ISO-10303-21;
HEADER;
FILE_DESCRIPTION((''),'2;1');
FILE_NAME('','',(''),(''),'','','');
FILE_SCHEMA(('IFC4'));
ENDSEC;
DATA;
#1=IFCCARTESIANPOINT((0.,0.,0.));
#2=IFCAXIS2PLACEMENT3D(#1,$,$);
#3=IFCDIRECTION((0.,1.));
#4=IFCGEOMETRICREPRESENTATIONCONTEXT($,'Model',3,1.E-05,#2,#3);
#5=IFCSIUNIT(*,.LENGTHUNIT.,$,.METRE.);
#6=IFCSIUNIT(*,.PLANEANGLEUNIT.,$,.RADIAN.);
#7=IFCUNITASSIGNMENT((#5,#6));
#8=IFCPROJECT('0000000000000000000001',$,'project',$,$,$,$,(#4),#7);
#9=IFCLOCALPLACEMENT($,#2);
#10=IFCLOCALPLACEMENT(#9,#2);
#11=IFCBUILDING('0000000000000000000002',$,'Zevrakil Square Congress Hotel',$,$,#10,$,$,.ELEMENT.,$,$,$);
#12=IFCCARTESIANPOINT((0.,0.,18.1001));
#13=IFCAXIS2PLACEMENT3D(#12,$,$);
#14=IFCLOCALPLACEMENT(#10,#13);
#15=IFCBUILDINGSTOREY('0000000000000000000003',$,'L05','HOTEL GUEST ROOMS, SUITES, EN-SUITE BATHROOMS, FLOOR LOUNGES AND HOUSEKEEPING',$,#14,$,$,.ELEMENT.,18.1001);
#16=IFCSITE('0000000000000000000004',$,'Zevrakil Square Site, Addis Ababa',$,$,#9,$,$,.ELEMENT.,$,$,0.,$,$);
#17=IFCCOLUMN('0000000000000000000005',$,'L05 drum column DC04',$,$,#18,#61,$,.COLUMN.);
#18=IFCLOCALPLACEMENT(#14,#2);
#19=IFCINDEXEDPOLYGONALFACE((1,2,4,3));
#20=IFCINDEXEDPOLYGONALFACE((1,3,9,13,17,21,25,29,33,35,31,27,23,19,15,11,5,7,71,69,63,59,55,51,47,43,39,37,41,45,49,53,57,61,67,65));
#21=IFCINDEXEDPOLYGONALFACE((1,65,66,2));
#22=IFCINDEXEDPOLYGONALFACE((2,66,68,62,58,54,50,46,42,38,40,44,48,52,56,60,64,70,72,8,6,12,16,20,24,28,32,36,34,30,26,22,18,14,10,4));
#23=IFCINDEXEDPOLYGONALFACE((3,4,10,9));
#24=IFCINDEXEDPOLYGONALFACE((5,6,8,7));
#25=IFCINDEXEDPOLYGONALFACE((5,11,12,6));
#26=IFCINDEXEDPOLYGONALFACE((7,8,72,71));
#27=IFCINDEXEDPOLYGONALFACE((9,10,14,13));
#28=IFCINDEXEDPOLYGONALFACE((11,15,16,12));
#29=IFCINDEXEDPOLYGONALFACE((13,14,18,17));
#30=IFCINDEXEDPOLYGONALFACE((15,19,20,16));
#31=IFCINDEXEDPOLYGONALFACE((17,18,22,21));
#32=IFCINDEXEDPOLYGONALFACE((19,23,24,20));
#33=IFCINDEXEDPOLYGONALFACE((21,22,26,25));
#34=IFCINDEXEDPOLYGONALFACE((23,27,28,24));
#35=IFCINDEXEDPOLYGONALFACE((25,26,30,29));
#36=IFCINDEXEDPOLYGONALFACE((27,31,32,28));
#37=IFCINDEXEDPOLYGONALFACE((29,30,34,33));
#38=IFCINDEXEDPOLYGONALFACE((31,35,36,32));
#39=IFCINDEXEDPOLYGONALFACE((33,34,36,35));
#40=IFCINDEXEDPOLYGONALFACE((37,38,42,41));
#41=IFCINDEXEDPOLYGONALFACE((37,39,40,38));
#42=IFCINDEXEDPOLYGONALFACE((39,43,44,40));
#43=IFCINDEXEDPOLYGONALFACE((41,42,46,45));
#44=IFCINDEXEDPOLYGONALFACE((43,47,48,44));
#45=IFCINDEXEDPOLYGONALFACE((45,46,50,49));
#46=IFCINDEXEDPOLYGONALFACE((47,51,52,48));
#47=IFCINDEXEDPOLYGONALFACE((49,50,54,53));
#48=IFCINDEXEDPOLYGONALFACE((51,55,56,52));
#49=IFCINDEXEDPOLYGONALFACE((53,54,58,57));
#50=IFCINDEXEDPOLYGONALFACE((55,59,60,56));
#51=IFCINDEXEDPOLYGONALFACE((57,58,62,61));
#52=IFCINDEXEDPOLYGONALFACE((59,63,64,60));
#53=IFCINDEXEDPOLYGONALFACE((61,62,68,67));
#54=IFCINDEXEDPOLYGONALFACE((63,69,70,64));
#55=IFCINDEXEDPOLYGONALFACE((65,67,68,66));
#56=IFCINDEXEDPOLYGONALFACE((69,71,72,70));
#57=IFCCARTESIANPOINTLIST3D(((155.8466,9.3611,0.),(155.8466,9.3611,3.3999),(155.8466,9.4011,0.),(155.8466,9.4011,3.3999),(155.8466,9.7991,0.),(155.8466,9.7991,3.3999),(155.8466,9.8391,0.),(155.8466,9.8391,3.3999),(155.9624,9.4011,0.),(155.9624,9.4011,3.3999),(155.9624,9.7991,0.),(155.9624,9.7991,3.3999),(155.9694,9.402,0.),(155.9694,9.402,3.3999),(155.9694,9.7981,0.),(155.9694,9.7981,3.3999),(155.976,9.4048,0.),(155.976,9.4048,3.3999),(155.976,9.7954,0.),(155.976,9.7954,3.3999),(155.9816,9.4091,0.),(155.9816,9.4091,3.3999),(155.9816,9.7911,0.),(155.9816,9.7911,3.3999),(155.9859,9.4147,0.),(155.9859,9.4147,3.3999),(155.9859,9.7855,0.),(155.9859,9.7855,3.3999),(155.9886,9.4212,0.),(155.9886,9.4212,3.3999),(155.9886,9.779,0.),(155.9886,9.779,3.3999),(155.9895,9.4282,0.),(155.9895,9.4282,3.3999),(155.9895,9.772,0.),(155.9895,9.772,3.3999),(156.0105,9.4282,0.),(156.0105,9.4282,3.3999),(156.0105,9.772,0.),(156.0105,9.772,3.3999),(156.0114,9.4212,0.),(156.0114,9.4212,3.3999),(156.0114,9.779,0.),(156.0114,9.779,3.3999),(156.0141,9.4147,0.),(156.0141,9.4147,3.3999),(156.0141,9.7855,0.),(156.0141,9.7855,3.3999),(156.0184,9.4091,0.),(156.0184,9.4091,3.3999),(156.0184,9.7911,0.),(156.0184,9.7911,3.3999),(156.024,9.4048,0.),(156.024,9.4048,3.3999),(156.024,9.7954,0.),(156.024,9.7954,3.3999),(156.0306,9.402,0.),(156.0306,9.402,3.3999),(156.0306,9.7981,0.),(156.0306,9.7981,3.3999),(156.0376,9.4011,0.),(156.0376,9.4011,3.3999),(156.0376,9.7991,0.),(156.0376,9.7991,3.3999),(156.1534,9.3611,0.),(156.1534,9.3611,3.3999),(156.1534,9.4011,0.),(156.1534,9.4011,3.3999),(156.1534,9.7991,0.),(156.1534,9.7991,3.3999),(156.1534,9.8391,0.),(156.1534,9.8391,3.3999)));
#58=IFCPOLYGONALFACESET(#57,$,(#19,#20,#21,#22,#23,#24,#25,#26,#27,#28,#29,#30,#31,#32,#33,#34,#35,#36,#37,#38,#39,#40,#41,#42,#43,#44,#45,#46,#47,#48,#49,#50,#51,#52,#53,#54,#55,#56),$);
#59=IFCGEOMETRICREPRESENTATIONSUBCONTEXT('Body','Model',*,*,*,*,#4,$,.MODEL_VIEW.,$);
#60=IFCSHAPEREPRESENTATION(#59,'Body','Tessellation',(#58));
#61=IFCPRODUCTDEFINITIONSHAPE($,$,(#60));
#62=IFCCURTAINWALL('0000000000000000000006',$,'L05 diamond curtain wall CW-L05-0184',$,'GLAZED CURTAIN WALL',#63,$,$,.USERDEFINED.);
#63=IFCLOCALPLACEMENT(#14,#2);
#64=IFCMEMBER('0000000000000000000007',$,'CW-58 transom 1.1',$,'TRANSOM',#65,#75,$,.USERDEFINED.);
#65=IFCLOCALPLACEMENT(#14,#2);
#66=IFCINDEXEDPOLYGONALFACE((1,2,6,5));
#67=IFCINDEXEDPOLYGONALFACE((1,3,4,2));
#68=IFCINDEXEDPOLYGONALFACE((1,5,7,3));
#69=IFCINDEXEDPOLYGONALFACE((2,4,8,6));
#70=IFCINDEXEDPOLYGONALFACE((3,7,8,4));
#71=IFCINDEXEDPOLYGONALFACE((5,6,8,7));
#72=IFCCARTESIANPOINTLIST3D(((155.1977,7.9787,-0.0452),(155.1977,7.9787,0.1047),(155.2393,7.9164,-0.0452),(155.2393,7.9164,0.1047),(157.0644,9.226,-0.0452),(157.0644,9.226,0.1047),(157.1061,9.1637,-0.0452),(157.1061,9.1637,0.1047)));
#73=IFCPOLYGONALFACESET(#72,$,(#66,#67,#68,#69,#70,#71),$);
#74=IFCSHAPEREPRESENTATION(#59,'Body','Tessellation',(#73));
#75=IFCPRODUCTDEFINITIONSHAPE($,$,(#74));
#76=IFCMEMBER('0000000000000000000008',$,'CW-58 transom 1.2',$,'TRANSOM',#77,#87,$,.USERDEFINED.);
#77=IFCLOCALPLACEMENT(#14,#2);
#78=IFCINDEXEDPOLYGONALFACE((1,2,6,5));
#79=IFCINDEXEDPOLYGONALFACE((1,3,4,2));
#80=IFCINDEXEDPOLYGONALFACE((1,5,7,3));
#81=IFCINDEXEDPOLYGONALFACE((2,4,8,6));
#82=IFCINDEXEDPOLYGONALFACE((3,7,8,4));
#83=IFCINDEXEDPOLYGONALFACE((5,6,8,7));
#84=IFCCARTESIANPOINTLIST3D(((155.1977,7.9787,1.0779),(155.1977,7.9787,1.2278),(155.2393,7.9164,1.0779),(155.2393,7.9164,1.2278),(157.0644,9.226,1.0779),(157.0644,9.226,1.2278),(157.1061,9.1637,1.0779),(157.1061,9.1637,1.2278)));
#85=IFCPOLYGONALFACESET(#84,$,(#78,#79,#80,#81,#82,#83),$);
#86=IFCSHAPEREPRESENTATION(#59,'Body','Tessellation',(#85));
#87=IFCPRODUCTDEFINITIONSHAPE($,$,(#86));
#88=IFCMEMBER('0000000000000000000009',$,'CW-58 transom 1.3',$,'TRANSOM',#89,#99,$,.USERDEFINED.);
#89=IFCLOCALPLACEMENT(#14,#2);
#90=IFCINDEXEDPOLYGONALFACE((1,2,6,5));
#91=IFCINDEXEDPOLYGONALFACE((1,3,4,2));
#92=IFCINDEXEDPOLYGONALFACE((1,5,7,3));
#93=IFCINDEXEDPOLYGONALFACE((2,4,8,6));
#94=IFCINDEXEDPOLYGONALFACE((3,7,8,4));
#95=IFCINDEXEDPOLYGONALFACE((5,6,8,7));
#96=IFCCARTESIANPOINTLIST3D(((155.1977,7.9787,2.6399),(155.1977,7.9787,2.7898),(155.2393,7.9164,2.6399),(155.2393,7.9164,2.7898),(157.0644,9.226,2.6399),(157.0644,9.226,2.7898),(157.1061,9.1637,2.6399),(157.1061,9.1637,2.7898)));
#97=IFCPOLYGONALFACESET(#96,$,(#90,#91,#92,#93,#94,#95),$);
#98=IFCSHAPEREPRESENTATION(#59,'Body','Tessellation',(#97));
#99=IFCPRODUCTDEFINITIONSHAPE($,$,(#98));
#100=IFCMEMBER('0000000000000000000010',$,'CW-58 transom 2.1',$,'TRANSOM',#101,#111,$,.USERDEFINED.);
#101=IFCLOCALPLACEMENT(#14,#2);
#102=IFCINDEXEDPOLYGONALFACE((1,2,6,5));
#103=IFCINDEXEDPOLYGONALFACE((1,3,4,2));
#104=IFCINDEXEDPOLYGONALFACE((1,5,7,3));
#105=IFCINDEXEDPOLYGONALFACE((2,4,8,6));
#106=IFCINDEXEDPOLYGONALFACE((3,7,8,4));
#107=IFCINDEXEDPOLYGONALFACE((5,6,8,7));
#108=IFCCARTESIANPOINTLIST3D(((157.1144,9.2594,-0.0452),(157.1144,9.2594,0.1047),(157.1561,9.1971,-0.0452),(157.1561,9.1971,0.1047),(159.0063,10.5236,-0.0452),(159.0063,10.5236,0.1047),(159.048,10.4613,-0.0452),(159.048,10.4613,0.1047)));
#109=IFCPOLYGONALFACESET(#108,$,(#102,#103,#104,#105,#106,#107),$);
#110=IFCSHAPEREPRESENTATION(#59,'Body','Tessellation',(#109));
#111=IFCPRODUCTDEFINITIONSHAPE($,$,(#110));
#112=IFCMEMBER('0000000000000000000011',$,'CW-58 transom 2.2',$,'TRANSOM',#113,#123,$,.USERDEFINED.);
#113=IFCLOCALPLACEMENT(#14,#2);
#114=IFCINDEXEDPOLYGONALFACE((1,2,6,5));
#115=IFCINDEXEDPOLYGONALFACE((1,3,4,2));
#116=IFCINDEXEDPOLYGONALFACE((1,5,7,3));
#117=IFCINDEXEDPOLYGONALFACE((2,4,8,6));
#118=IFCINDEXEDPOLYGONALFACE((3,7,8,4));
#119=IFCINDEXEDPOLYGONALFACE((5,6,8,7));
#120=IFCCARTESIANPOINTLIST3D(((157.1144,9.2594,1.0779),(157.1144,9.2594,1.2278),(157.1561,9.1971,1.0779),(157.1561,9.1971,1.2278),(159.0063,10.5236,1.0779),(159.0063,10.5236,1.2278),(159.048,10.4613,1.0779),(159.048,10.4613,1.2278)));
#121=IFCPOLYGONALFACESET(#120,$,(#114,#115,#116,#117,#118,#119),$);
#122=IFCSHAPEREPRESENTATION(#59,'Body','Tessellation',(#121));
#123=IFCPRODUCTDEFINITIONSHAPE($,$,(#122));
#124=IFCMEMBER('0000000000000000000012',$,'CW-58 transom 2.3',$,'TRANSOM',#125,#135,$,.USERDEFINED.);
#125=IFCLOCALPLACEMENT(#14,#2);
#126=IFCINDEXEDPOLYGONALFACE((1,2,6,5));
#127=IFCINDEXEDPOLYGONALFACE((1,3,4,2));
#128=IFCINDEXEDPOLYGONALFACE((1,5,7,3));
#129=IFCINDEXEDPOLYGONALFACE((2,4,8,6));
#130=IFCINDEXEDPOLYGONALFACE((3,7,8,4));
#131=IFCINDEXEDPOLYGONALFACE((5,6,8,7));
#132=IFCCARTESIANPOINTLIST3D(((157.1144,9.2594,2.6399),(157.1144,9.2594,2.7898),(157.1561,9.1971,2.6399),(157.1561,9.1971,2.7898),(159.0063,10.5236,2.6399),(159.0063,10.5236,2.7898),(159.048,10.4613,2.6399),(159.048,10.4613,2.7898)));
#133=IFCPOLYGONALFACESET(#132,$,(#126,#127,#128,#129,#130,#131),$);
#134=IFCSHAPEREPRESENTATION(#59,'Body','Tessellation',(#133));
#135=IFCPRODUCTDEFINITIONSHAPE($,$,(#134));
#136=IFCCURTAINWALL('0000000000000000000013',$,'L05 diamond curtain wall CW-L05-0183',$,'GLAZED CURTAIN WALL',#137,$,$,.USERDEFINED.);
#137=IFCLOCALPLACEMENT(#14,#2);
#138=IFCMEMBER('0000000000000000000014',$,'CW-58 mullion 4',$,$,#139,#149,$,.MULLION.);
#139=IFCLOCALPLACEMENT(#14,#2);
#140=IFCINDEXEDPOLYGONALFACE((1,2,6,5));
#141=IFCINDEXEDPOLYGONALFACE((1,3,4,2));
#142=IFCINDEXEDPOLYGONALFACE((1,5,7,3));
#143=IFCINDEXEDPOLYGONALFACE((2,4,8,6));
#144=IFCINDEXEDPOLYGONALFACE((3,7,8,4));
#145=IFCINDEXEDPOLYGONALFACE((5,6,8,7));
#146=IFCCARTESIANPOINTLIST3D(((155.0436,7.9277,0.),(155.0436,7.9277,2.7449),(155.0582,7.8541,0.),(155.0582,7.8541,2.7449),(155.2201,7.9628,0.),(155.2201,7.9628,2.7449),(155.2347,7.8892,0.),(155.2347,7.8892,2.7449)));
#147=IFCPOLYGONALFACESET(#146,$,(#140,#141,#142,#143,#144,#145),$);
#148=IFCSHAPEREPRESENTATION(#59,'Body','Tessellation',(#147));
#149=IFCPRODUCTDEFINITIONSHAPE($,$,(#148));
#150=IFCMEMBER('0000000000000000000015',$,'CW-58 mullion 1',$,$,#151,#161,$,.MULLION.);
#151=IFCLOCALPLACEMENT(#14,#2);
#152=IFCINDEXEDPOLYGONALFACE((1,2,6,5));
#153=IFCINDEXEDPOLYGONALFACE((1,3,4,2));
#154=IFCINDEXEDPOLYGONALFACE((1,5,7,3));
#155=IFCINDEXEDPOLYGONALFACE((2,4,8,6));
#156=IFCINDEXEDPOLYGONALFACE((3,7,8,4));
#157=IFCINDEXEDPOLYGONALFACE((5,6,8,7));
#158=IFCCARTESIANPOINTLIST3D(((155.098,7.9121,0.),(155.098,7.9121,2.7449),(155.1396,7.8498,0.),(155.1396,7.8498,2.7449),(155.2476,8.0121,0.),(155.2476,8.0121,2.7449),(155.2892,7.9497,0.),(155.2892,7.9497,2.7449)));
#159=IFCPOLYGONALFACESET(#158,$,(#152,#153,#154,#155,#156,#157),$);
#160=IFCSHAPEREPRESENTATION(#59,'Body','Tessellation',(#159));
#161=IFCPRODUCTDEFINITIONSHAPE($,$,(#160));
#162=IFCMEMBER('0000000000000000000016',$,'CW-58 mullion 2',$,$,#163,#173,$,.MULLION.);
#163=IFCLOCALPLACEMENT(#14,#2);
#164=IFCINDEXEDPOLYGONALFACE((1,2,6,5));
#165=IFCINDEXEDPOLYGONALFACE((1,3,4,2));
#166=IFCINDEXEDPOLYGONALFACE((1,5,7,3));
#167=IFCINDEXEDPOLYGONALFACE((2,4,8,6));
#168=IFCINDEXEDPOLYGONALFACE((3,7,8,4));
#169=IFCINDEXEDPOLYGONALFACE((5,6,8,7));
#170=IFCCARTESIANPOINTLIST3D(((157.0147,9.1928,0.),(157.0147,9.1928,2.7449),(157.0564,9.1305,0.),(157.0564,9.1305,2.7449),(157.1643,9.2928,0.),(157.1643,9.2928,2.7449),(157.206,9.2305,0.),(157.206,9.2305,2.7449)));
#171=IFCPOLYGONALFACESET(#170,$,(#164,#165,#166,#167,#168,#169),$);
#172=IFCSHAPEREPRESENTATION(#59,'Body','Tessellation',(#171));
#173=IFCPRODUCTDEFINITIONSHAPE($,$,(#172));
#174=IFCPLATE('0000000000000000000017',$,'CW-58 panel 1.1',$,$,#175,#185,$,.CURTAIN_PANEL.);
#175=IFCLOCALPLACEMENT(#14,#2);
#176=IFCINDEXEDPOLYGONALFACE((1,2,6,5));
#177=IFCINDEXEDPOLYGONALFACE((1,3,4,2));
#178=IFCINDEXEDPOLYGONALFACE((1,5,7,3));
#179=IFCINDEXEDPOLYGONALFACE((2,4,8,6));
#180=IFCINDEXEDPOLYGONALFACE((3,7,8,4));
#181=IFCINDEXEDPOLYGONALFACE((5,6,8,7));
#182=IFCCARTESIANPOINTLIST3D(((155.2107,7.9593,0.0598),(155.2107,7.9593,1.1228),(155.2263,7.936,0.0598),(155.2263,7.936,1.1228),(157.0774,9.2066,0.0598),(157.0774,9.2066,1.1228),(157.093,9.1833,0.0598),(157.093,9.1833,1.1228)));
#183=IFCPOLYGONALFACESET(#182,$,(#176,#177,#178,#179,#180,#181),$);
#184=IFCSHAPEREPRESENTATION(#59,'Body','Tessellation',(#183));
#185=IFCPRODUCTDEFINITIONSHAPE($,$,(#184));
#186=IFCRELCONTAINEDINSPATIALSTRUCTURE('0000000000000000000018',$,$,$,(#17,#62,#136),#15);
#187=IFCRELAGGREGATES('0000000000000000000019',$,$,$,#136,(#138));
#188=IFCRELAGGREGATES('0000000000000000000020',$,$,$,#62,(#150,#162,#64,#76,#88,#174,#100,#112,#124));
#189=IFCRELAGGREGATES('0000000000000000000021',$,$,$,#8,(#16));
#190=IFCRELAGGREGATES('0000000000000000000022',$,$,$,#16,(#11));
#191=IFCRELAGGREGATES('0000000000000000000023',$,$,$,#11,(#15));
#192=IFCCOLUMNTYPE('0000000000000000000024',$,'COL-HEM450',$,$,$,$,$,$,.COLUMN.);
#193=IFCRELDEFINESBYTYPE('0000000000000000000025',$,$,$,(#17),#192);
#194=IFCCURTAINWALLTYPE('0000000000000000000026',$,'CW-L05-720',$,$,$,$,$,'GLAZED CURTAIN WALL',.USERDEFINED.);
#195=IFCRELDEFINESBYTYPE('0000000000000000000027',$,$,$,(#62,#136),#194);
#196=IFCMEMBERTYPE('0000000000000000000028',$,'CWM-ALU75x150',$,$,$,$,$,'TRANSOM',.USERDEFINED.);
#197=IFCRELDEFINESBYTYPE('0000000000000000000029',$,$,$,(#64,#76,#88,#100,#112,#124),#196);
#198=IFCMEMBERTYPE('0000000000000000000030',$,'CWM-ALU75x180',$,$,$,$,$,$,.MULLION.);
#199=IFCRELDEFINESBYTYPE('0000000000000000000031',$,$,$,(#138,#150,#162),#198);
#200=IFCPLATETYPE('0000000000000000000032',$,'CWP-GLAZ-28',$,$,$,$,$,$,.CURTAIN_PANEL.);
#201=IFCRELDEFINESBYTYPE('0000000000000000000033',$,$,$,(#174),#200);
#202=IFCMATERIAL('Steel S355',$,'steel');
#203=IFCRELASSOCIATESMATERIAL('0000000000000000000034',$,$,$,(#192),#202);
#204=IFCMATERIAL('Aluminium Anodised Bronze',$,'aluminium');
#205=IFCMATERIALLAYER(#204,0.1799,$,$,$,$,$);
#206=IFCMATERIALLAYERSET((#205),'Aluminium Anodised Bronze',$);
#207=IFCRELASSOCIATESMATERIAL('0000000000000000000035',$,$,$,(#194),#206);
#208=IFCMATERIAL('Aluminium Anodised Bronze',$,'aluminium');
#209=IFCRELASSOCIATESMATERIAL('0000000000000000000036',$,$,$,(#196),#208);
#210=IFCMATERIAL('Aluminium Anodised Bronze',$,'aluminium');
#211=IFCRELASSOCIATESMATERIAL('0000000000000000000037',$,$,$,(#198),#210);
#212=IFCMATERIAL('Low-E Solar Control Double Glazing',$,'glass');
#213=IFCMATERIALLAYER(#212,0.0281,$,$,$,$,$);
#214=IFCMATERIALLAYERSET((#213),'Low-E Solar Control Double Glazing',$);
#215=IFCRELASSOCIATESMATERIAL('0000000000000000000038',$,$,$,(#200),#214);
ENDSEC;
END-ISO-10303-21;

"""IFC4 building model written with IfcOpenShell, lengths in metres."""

from ifc_helpers import new_model, si_unit, direction, frame, origin, origin_2d, place, context, subcontext, project, spatial, rectangle, i_section, extrude, material, layer, layer_set, material_profile, profile_set, type_object, element, aggregate, save


model = new_model("IFC4")

# Units and contexts
model_context = context("Model", 3, precision=1e-05, world=origin(), true_north=direction((0.0, 1.0)))
body_context = subcontext(model_context, "Body", "Model", "MODEL_VIEW")
ifc_project = project(units=[si_unit("LENGTHUNIT", "METRE"), si_unit("PLANEANGLEUNIT", "RADIAN")], contexts=[model_context])

# Site, building, storey
site_placement = place(None, origin())
site = spatial("IfcSite", under=ifc_project, at=site_placement, Name="Zevrakil Square Site, Addis Ababa", CompositionType="ELEMENT", RefElevation=0.0)
building_placement = place(site_placement, origin())
building = spatial("IfcBuilding", under=site, at=building_placement, Name="Zevrakil Square Congress Hotel", CompositionType="ELEMENT")
storey_placement = place(building_placement, frame((0.0, 0.0, 18.1001)))
storey = spatial("IfcBuildingStorey", under=building, at=storey_placement, Name="L05", Description="HOTEL GUEST ROOMS, SUITES, EN-SUITE BATHROOMS, FLOOR LOUNGES AND HOUSEKEEPING", CompositionType="ELEMENT", Elevation=18.1001)

# Column
ifc_material_1 = material(Name="Steel S355", Category="steel")
ifc_material_profile_1 = material_profile(ifc_material_1, i_section(OverallWidth=0.3069, OverallDepth=0.478, WebThickness=0.021, FlangeThickness=0.04, FilletRadius=0.0271, at=origin_2d()), Name="HEM 450")
ifc_profile_set_1 = profile_set([ifc_material_profile_1], Name="Steel S355")
column_type = type_object("IfcColumnType", Name="COL-HEM450", PredefinedType="COLUMN", material=ifc_profile_set_1)
column_placement = place(storey_placement, frame((156.0, 9.6001, 0.0), z_axis=(0.0, 0.0, 1.0), x_axis=(1.0, 0.0, 0.0)))
element("IfcColumn", 1, at=column_placement, inside=storey, type_object=column_type, Name="L05 drum column DC04", PredefinedType="COLUMN", context=body_context, shape_type="SweptSolid", body=[
    extrude(i_section(OverallWidth=0.3069, OverallDepth=0.478, WebThickness=0.021, FlangeThickness=0.04, FilletRadius=0.0271, at=origin_2d()), origin(), (0.0, 0.0, 1.0), 3.3999),
])

# Curtain wall, members
ifc_material_2 = material(Name="Aluminium Anodised Bronze", Category="aluminium")
ifc_layer_1 = layer(ifc_material_2, 0.1799)
ifc_layer_set_1 = layer_set([ifc_layer_1], Name="Aluminium Anodised Bronze")
curtain_wall_type = type_object("IfcCurtainWallType", Name="CW-L05-720", ElementType="GLAZED CURTAIN WALL", PredefinedType="USERDEFINED", material=ifc_layer_set_1)
curtain_wall_1_placement = place(storey_placement, origin())
curtain_wall_1 = element("IfcCurtainWall", 2, at=curtain_wall_1_placement, inside=storey, type_object=curtain_wall_type, Name="L05 diamond curtain wall CW-L05-0184", ObjectType="GLAZED CURTAIN WALL", PredefinedType="USERDEFINED")
ifc_material_3 = material(Name="Aluminium Anodised Bronze", Category="aluminium")
ifc_material_profile_2 = material_profile(ifc_material_3, rectangle(XDim=0.075, YDim=0.1499, at=origin_2d()), Name="ALU 75x150")
ifc_profile_set_2 = profile_set([ifc_material_profile_2], Name="Aluminium Anodised Bronze")
member_type_1 = type_object("IfcMemberType", Name="CWM-ALU75x150", ElementType="TRANSOM", PredefinedType="USERDEFINED", material=ifc_profile_set_2)
member_1_placement = place(storey_placement, frame((155.2185, 7.9475, 0.0298), z_axis=(0.831464, 0.555578, 0.0), x_axis=(-0.555578, 0.831464, 0.0)))
member_1 = element("IfcMember", 3, at=member_1_placement, type_object=member_type_1, Name="CW-58 transom 1.1", ObjectType="TRANSOM", PredefinedType="USERDEFINED", context=body_context, shape_type="SweptSolid", body=[
    extrude(rectangle(XDim=0.075, YDim=0.1499, at=origin_2d()), origin(), (0.0, 0.0, 1.0), 2.2451),
])
member_2_placement = place(storey_placement, frame((155.2185, 7.9475, 1.1528), z_axis=(0.831464, 0.555578, 0.0), x_axis=(-0.555578, 0.831464, 0.0)))
member_2 = element("IfcMember", 4, at=member_2_placement, type_object=member_type_1, Name="CW-58 transom 1.2", ObjectType="TRANSOM", PredefinedType="USERDEFINED", context=body_context, shape_type="SweptSolid", body=[
    extrude(rectangle(XDim=0.075, YDim=0.1499, at=origin_2d()), origin(), (0.0, 0.0, 1.0), 2.2451),
])
member_3_placement = place(storey_placement, frame((155.2185, 7.9475, 2.7148), z_axis=(0.831464, 0.555578, 0.0), x_axis=(-0.555578, 0.831464, 0.0)))
member_3 = element("IfcMember", 5, at=member_3_placement, type_object=member_type_1, Name="CW-58 transom 1.3", ObjectType="TRANSOM", PredefinedType="USERDEFINED", context=body_context, shape_type="SweptSolid", body=[
    extrude(rectangle(XDim=0.075, YDim=0.1499, at=origin_2d()), origin(), (0.0, 0.0, 1.0), 2.2451),
])
member_4_placement = place(storey_placement, frame((157.1353, 9.2283, 0.0298), z_axis=(0.831456, 0.555591, 0.0), x_axis=(-0.555591, 0.831456, 0.0)))
member_4 = element("IfcMember", 6, at=member_4_placement, type_object=member_type_1, Name="CW-58 transom 2.1", ObjectType="TRANSOM", PredefinedType="USERDEFINED", context=body_context, shape_type="SweptSolid", body=[
    extrude(rectangle(XDim=0.075, YDim=0.1499, at=origin_2d()), origin(), (0.0, 0.0, 1.0), 2.2754),
])
member_5_placement = place(storey_placement, frame((157.1353, 9.2283, 1.1528), z_axis=(0.831456, 0.555591, 0.0), x_axis=(-0.555591, 0.831456, 0.0)))
member_5 = element("IfcMember", 7, at=member_5_placement, type_object=member_type_1, Name="CW-58 transom 2.2", ObjectType="TRANSOM", PredefinedType="USERDEFINED", context=body_context, shape_type="SweptSolid", body=[
    extrude(rectangle(XDim=0.075, YDim=0.1499, at=origin_2d()), origin(), (0.0, 0.0, 1.0), 2.2754),
])
member_6_placement = place(storey_placement, frame((157.1353, 9.2283, 2.7148), z_axis=(0.831456, 0.555591, 0.0), x_axis=(-0.555591, 0.831456, 0.0)))
member_6 = element("IfcMember", 8, at=member_6_placement, type_object=member_type_1, Name="CW-58 transom 2.3", ObjectType="TRANSOM", PredefinedType="USERDEFINED", context=body_context, shape_type="SweptSolid", body=[
    extrude(rectangle(XDim=0.075, YDim=0.1499, at=origin_2d()), origin(), (0.0, 0.0, 1.0), 2.2754),
])

# Curtain wall, member
curtain_wall_2_placement = place(storey_placement, origin())
curtain_wall_2 = element("IfcCurtainWall", 9, at=curtain_wall_2_placement, inside=storey, type_object=curtain_wall_type, Name="L05 diamond curtain wall CW-L05-0183", ObjectType="GLAZED CURTAIN WALL", PredefinedType="USERDEFINED")
ifc_material_4 = material(Name="Aluminium Anodised Bronze", Category="aluminium")
ifc_material_profile_3 = material_profile(ifc_material_4, rectangle(XDim=0.075, YDim=0.1799, at=origin_2d()), Name="ALU 75x180")
ifc_profile_set_3 = profile_set([ifc_material_profile_3], Name="Aluminium Anodised Bronze")
member_type_2 = type_object("IfcMemberType", Name="CWM-ALU75x180", PredefinedType="MULLION", material=ifc_profile_set_3)
member_7_placement = place(storey_placement, frame((155.1392, 7.9084, 0.0), z_axis=(0.0, 0.0, 1.0), x_axis=(-0.195084, 0.980787, 0.0)))
member_7 = element("IfcMember", 10, at=member_7_placement, type_object=member_type_2, Name="CW-58 mullion 4", PredefinedType="MULLION", context=body_context, shape_type="SweptSolid", body=[
    extrude(rectangle(XDim=0.075, YDim=0.1799, at=origin_2d()), origin(), (0.0, 0.0, 1.0), 2.7449),
])

# Members
member_8_placement = place(storey_placement, frame((155.1936, 7.9309, 0.0), z_axis=(0.0, 0.0, 1.0), x_axis=(-0.555576, 0.831466, 0.0)))
member_8 = element("IfcMember", 11, at=member_8_placement, type_object=member_type_2, Name="CW-58 mullion 1", PredefinedType="MULLION", context=body_context, shape_type="SweptSolid", body=[
    extrude(rectangle(XDim=0.075, YDim=0.1799, at=origin_2d()), origin(), (0.0, 0.0, 1.0), 2.7449),
])
member_9_placement = place(storey_placement, frame((157.1104, 9.2117, 0.0), z_axis=(0.0, 0.0, 1.0), x_axis=(-0.555576, 0.831466, 0.0)))
member_9 = element("IfcMember", 12, at=member_9_placement, type_object=member_type_2, Name="CW-58 mullion 2", PredefinedType="MULLION", context=body_context, shape_type="SweptSolid", body=[
    extrude(rectangle(XDim=0.075, YDim=0.1799, at=origin_2d()), origin(), (0.0, 0.0, 1.0), 2.7449),
])

# Plate
ifc_material_5 = material(Name="Low-E Solar Control Double Glazing", Category="glass")
ifc_layer_2 = layer(ifc_material_5, 0.0281)
ifc_layer_set_2 = layer_set([ifc_layer_2], Name="Low-E Solar Control Double Glazing")
plate_type_1 = type_object("IfcPlateType", Name="CWP-GLAZ-28", PredefinedType="CURTAIN_PANEL", material=ifc_layer_set_2)
plate_1_placement = place(storey_placement, frame((156.1519, 8.5713, 0.0598), z_axis=(0.0, 0.0, 1.0), x_axis=(0.831466, 0.555576, 0.0)))
plate_1 = element("IfcPlate", 13, at=plate_1_placement, type_object=plate_type_1, Name="CW-58 panel 1.1", PredefinedType="CURTAIN_PANEL", context=body_context, shape_type="SweptSolid", body=[
    extrude(rectangle(XDim=2.2451, YDim=0.0281, at=origin_2d()), origin(), (0.0, 0.0, 1.0), 1.063),
])
aggregate(curtain_wall_2, [member_7])
aggregate(curtain_wall_1, [member_8, member_9, member_1, member_2, member_3, plate_1, member_4, member_5, member_6])

save(model, "model.ifc")
